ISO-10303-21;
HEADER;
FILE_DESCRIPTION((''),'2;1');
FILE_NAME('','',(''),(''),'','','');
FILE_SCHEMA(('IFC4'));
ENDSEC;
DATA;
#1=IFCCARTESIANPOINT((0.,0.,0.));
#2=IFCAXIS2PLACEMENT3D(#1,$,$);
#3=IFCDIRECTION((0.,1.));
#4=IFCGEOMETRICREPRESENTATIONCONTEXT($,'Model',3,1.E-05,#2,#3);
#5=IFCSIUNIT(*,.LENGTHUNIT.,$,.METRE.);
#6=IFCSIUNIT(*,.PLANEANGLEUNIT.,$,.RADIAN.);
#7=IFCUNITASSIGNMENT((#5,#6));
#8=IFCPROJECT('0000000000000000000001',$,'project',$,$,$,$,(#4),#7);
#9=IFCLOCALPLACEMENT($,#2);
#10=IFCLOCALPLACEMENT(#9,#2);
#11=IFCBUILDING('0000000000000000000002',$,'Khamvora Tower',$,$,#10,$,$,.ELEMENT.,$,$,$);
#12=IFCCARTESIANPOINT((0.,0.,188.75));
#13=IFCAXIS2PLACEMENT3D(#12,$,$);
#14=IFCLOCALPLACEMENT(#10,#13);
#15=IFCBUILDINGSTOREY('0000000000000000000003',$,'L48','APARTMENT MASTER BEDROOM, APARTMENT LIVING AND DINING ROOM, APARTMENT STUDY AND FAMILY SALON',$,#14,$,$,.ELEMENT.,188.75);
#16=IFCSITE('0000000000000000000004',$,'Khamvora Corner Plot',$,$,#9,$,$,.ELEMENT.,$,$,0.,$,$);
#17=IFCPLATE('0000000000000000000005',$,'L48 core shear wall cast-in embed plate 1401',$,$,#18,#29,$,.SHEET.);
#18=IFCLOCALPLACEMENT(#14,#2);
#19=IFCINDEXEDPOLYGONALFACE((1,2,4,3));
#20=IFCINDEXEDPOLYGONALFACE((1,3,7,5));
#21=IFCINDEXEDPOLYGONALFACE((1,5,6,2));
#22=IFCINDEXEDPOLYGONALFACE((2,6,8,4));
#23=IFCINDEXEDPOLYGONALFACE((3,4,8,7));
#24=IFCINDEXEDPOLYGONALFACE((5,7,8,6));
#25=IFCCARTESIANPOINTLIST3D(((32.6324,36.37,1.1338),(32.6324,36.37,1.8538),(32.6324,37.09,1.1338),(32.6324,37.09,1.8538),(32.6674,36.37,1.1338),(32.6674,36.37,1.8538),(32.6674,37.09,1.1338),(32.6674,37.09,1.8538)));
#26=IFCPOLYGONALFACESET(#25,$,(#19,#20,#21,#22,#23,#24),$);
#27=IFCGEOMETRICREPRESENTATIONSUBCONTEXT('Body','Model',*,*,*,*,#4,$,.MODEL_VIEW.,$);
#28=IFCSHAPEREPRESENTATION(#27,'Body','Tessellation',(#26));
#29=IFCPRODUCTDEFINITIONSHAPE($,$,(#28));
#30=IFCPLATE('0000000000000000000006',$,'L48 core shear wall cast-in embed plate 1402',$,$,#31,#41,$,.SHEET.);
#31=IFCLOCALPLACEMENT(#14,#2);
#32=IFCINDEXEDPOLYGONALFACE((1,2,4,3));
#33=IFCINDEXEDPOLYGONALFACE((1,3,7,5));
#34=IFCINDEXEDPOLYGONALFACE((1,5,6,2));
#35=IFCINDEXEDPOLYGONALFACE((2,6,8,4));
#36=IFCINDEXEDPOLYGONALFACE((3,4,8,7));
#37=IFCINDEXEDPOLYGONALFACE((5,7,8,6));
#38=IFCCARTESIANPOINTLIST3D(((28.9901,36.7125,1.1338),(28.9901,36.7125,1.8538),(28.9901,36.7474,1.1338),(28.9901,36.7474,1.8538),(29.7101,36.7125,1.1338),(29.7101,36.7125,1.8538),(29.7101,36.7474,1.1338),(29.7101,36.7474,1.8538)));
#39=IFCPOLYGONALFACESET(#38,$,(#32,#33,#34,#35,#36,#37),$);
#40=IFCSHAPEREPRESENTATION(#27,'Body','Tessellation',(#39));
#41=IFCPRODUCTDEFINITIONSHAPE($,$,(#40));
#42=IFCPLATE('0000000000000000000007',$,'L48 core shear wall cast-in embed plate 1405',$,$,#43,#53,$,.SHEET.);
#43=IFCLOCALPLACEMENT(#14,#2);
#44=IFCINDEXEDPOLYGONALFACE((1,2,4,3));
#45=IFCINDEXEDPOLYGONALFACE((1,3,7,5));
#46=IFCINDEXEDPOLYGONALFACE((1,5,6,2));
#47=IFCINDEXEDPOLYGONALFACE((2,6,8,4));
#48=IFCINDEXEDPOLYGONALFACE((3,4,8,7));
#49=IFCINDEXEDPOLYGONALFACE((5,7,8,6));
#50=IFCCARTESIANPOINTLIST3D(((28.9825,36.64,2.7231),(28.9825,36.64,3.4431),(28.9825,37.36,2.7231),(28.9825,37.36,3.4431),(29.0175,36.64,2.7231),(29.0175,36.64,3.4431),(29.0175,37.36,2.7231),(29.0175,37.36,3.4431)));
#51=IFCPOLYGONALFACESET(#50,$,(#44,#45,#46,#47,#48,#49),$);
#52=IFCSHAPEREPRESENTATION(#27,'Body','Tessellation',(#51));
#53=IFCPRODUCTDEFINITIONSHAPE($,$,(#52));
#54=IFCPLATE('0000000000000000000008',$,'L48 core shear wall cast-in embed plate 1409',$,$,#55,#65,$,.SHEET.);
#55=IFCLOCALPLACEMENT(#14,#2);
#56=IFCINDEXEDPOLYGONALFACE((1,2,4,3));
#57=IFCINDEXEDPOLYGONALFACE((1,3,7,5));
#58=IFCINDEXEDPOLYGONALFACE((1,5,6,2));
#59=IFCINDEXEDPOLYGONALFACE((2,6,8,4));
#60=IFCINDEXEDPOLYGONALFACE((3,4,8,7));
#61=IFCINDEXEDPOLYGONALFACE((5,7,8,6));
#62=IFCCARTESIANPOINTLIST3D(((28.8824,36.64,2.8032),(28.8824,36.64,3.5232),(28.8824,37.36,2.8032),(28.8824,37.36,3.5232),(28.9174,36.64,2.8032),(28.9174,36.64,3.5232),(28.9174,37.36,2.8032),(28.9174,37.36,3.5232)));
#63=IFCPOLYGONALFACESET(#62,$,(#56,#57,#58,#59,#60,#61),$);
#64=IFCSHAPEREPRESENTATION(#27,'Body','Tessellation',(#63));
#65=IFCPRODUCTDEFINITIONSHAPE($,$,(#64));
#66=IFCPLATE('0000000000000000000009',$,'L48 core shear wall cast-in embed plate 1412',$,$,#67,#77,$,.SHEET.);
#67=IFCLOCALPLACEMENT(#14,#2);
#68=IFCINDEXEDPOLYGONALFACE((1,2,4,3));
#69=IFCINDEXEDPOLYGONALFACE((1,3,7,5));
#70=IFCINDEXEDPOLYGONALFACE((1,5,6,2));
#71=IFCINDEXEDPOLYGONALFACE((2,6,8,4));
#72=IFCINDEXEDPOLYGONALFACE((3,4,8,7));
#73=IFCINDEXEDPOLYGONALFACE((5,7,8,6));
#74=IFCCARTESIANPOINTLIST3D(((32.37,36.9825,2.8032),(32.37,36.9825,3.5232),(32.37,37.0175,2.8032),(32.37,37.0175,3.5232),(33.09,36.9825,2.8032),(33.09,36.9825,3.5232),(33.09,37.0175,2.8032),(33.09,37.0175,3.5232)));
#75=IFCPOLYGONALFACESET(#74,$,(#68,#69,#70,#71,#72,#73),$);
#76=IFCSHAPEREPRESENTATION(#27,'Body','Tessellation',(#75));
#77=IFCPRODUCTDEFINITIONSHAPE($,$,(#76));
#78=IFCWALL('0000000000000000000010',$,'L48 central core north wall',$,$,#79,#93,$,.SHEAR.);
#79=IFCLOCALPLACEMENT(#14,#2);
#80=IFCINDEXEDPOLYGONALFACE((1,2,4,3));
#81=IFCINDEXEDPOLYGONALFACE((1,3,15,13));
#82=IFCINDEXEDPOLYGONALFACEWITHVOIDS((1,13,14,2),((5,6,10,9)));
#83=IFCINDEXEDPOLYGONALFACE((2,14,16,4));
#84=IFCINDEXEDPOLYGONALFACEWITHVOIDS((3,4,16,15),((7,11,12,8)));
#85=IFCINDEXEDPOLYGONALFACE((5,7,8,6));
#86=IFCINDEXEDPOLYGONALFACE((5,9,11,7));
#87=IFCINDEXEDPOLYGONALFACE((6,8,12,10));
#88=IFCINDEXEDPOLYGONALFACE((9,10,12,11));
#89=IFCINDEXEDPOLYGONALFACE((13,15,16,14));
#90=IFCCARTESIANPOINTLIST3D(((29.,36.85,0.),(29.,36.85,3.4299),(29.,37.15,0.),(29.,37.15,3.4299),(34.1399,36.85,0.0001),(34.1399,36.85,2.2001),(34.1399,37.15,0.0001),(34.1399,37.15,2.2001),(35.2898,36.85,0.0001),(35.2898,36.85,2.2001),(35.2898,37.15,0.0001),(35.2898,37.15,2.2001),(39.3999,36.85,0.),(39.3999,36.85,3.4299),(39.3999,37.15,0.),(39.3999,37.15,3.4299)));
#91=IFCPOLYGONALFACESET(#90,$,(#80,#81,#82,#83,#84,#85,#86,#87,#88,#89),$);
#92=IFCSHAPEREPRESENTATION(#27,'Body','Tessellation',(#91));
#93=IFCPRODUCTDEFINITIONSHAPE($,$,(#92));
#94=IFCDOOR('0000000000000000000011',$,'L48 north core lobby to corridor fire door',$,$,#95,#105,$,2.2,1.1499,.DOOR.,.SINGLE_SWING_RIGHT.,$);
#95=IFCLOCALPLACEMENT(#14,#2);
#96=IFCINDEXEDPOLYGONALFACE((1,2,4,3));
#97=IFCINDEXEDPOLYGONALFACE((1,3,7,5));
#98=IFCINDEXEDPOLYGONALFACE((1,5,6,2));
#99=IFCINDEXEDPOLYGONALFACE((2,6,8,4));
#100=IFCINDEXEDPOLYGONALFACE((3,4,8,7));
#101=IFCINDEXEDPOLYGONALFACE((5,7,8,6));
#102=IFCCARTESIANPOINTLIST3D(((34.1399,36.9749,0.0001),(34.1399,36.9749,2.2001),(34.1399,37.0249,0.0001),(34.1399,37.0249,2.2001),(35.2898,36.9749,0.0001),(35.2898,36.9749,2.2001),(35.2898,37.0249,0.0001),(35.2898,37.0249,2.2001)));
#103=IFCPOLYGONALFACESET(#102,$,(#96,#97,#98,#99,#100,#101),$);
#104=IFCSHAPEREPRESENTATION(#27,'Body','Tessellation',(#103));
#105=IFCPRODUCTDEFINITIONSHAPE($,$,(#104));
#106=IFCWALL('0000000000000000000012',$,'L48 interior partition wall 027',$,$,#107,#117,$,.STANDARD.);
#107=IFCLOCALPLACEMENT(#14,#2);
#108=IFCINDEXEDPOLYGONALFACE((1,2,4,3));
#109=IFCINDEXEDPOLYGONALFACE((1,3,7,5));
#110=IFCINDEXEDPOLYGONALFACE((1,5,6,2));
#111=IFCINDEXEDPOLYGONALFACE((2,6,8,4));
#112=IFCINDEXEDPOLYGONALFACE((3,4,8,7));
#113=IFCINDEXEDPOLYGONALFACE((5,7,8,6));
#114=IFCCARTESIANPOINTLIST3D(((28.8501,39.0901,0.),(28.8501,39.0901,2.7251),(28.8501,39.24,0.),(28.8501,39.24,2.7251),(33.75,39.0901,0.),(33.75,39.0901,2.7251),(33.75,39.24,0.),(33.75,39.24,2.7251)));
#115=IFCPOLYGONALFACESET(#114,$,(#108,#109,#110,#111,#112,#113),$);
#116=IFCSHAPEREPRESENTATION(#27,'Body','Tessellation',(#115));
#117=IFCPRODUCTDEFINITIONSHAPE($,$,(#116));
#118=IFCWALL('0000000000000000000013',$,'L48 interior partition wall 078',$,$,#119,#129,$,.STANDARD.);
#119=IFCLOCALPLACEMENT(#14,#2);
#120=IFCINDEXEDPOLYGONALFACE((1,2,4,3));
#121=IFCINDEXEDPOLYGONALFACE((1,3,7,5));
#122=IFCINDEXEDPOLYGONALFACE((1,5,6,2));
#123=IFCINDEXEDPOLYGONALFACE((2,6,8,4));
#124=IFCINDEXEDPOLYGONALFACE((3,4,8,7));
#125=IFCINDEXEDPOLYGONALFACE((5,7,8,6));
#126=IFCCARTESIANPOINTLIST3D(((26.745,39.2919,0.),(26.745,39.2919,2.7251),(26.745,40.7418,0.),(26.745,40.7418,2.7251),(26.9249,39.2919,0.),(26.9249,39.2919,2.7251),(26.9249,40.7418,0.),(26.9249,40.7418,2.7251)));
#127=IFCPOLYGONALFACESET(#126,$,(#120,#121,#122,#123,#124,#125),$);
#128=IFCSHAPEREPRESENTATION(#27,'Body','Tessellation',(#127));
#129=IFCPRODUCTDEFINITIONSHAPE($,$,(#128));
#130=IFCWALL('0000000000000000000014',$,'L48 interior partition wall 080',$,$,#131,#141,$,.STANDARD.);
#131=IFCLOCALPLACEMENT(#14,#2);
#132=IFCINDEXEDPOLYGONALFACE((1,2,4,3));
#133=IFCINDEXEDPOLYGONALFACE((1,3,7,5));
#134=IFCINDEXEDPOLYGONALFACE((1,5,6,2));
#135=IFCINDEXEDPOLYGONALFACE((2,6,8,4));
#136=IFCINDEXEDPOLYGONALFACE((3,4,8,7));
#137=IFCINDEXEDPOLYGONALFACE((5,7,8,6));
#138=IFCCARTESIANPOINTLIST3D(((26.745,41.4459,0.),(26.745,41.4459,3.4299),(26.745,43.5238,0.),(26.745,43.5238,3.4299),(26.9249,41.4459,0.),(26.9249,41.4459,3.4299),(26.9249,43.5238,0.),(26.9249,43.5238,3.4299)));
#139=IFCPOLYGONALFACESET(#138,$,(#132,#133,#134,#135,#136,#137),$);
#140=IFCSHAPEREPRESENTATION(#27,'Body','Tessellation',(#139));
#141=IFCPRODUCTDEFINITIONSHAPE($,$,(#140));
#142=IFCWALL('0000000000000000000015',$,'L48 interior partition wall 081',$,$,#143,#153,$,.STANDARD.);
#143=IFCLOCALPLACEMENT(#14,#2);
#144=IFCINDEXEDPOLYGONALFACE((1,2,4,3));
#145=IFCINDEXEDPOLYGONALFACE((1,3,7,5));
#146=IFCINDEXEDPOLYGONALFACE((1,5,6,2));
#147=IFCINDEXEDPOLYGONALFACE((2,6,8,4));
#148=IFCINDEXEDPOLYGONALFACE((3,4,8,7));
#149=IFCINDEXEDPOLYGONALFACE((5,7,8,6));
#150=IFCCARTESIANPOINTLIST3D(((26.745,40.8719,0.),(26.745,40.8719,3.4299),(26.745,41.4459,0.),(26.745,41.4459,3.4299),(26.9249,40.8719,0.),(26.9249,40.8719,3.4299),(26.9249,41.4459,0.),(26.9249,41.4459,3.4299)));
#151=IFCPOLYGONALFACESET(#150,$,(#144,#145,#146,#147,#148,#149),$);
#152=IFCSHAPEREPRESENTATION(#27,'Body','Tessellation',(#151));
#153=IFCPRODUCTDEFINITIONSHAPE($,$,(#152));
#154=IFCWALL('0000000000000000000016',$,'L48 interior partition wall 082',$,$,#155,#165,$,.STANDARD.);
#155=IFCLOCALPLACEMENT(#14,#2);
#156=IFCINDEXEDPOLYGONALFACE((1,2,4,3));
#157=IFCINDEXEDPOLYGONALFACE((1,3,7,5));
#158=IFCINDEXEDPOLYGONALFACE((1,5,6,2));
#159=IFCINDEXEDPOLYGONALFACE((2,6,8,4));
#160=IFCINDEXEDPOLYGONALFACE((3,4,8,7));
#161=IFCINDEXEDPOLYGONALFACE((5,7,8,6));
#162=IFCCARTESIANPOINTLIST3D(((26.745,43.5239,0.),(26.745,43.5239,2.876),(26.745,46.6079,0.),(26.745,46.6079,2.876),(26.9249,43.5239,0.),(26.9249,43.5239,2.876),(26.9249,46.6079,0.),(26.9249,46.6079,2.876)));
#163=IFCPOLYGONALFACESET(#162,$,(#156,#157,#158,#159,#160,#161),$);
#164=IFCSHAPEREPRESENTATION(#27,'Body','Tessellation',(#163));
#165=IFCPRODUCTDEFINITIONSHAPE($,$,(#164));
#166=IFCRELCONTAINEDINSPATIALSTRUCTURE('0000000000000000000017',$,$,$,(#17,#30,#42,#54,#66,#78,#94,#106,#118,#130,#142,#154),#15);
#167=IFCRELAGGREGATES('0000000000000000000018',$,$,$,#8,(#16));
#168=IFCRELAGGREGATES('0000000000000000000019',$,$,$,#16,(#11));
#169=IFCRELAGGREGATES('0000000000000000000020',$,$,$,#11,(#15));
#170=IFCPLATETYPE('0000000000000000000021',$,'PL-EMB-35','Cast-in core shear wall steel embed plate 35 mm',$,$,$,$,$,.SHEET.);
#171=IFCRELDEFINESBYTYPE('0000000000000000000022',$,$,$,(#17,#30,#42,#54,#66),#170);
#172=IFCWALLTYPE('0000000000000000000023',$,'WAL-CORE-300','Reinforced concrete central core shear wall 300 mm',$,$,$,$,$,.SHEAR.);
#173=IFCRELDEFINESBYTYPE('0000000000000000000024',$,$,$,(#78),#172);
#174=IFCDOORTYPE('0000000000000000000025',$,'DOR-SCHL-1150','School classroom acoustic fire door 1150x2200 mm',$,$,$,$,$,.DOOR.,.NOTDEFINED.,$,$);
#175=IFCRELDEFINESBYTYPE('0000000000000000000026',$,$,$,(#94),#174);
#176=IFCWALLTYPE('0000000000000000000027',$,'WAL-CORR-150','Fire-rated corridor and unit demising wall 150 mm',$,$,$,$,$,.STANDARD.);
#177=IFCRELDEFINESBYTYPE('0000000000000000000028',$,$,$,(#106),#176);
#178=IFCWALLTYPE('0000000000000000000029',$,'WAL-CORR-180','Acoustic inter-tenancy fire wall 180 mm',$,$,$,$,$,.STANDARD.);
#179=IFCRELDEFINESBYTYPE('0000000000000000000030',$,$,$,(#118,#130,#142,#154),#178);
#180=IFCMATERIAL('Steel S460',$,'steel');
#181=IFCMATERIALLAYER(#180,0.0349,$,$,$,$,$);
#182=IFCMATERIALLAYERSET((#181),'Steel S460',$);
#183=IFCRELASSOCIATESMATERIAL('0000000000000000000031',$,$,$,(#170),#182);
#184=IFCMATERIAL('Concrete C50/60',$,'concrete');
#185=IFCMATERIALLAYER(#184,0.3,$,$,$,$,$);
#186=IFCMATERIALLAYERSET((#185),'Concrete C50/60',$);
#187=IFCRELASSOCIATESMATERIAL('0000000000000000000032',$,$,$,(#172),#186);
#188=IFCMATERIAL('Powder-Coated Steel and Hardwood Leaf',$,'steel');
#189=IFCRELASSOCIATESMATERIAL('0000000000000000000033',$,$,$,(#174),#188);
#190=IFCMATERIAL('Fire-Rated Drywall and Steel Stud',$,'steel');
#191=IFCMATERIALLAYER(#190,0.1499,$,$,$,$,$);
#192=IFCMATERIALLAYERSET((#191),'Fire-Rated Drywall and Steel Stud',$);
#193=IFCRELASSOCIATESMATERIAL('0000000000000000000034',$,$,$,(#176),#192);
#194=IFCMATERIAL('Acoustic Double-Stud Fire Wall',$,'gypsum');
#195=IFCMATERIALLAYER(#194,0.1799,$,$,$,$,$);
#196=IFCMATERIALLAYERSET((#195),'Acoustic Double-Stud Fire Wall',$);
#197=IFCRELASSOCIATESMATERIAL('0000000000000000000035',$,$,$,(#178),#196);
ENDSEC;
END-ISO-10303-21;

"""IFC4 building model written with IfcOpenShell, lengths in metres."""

from ifc_helpers import new_model, si_unit, direction, frame, frame_2d, origin, origin_2d, place, context, subcontext, project, spatial, rectangle, extrude, material, layer, layer_set, type_object, element, fill, save


model = new_model("IFC4")

# Units and contexts
model_context = context("Model", 3, precision=1e-05, world=origin(), true_north=direction((0.0, 1.0)))
body_context = subcontext(model_context, "Body", "Model", "MODEL_VIEW")
ifc_project = project(units=[si_unit("LENGTHUNIT", "METRE"), si_unit("PLANEANGLEUNIT", "RADIAN")], contexts=[model_context])

# Site, building, storey
site_placement = place(None, origin())
site = spatial("IfcSite", under=ifc_project, at=site_placement, Name="Khamvora Corner Plot", CompositionType="ELEMENT", RefElevation=0.0)
building_placement = place(site_placement, origin())
building = spatial("IfcBuilding", under=site, at=building_placement, Name="Khamvora Tower", CompositionType="ELEMENT")
storey_placement = place(building_placement, frame((0.0, 0.0, 188.75)))
storey = spatial("IfcBuildingStorey", under=building, at=storey_placement, Name="L48", Description="APARTMENT MASTER BEDROOM, APARTMENT LIVING AND DINING ROOM, APARTMENT STUDY AND FAMILY SALON", CompositionType="ELEMENT", Elevation=188.75)

# Shared definitions
ifc_material_1 = material(Name="Steel S460", Category="steel")

# Plates
ifc_layer_1 = layer(ifc_material_1, 0.0349)
ifc_layer_set_1 = layer_set([ifc_layer_1], Name="Steel S460")
plate_type = type_object("IfcPlateType", Name="PL-EMB-35", Description="Cast-in core shear wall steel embed plate 35 mm", PredefinedType="SHEET", material=ifc_layer_set_1)
plate_1_placement = place(storey_placement, frame((32.6499, 36.73, 1.1338), z_axis=(0.0, 0.0, 1.0), x_axis=(1.0, 0.0, 0.0)))
element("IfcPlate", 1, at=plate_1_placement, inside=storey, type_object=plate_type, Name="L48 core shear wall cast-in embed plate 1401", PredefinedType="SHEET", context=body_context, shape_type="SweptSolid", body=[
    extrude(rectangle(XDim=0.0349, YDim=0.72, at=origin_2d()), origin(), (0.0, 0.0, 1.0), 0.72),
])
plate_2_placement = place(storey_placement, frame((29.3501, 36.73, 1.1338), z_axis=(0.0, 0.0, 1.0), x_axis=(1.0, 0.0, 0.0)))
element("IfcPlate", 2, at=plate_2_placement, inside=storey, type_object=plate_type, Name="L48 core shear wall cast-in embed plate 1402", PredefinedType="SHEET", context=body_context, shape_type="SweptSolid", body=[
    extrude(rectangle(XDim=0.72, YDim=0.0349, at=origin_2d()), origin(), (0.0, 0.0, 1.0), 0.72),
])
for number, where, z_axis, x_axis, name in (
    (3, (29.0, 37.0, 2.7231), (0.0, 0.0, 1.0), (1.0, 0.0, 0.0), "L48 core shear wall cast-in embed plate 1405"),
    (4, (28.8999, 37.0, 2.8032), (0.0, 0.0, 1.0), (1.0, 0.0, 0.0), "L48 core shear wall cast-in embed plate 1409"),
):
    element("IfcPlate", number, at=place(storey_placement, frame(where, z_axis=z_axis, x_axis=x_axis)), inside=storey, type_object=plate_type, Name=name, PredefinedType="SHEET", context=body_context, shape_type="SweptSolid", body=[
        extrude(rectangle(XDim=0.0349, YDim=0.72, at=origin_2d()), origin(), (0.0, 0.0, 1.0), 0.72),
    ])
plate_3_placement = place(storey_placement, frame((32.73, 37.0, 2.8032), z_axis=(0.0, 0.0, 1.0), x_axis=(1.0, 0.0, 0.0)))
element("IfcPlate", 5, at=plate_3_placement, inside=storey, type_object=plate_type, Name="L48 core shear wall cast-in embed plate 1412", PredefinedType="SHEET", context=body_context, shape_type="SweptSolid", body=[
    extrude(rectangle(XDim=0.72, YDim=0.0349, at=origin_2d()), origin(), (0.0, 0.0, 1.0), 0.72),
])

# Wall, opening, door
ifc_material_2 = material(Name="Concrete C50/60", Category="concrete")
ifc_layer_2 = layer(ifc_material_2, 0.3)
ifc_layer_set_2 = layer_set([ifc_layer_2], Name="Concrete C50/60")
wall_type_1 = type_object("IfcWallType", Name="WAL-CORE-300", Description="Reinforced concrete central core shear wall 300 mm", PredefinedType="SHEAR", material=ifc_layer_set_2)
wall_1_placement = place(storey_placement, frame((29.0, 37.0, 0.0), z_axis=(0.0, 0.0, 1.0), x_axis=(1.0, 0.0, 0.0)))
wall_1 = element("IfcWall", 6, at=wall_1_placement, inside=storey, type_object=wall_type_1, Name="L48 central core north wall", PredefinedType="SHEAR", context=body_context, shape_type="SweptSolid", body=[
    extrude(rectangle(XDim=10.3999, YDim=0.3, at=frame_2d((5.2, 0.0))), origin(), (0.0, 0.0, 1.0), 3.4299),
])
opening_1_placement = place(wall_1_placement, frame((5.1399, 0.0, 0.0)))
opening_1 = element("IfcOpeningElement", 7, at=opening_1_placement, cuts=wall_1, PredefinedType="OPENING", context=body_context, shape_type="SweptSolid", body=[
    extrude(rectangle(XDim=1.1499, YDim=2.2, at=frame_2d((0.575, 1.1001))), frame((0.0, 0.1599, 0.0), z_axis=(0.0, -1.0, 0.0), x_axis=(1.0, 0.0, 0.0)), (0.0, 0.0, 1.0), 0.3201),
])
ifc_material_3 = material(Name="Powder-Coated Steel and Hardwood Leaf", Category="steel")
door_type_1 = type_object("IfcDoorType", Name="DOR-SCHL-1150", Description="School classroom acoustic fire door 1150x2200 mm", OperationType="NOTDEFINED", PredefinedType="DOOR", material=ifc_material_3)
door_1_placement = place(opening_1_placement, origin())
door_1 = element("IfcDoor", 8, at=door_1_placement, inside=storey, type_object=door_type_1, Name="L48 north core lobby to corridor fire door", OperationType="SINGLE_SWING_RIGHT", OverallHeight=2.2, OverallWidth=1.1499, PredefinedType="DOOR", context=body_context, shape_type="SweptSolid", body=[
    extrude(rectangle(XDim=1.1499, YDim=2.2, at=frame_2d((0.575, 1.1001))), frame((0.0, 0.0249, 0.0), z_axis=(0.0, -1.0, 0.0), x_axis=(1.0, 0.0, 0.0)), (0.0, 0.0, 1.0), 0.05),
])
fill(opening_1, door_1)
ifc_material_4 = material(Name="Fire-Rated Drywall and Steel Stud", Category="steel")
ifc_layer_3 = layer(ifc_material_4, 0.1499)
ifc_layer_set_3 = layer_set([ifc_layer_3], Name="Fire-Rated Drywall and Steel Stud")
wall_type_2 = type_object("IfcWallType", Name="WAL-CORR-150", Description="Fire-rated corridor and unit demising wall 150 mm", PredefinedType="STANDARD", material=ifc_layer_set_3)

# Walls
wall_2_placement = place(storey_placement, frame((28.8501, 39.165, 0.0), z_axis=(0.0, 0.0, 1.0), x_axis=(1.0, 0.0, 0.0)))
element("IfcWall", 9, at=wall_2_placement, inside=storey, type_object=wall_type_2, Name="L48 interior partition wall 027", PredefinedType="STANDARD", context=body_context, shape_type="SweptSolid", body=[
    extrude(rectangle(XDim=4.8999, YDim=0.1499, at=frame_2d((2.45, 0.0))), origin(), (0.0, 0.0, 1.0), 2.7251),
])
ifc_material_5 = material(Name="Acoustic Double-Stud Fire Wall", Category="gypsum")
ifc_layer_4 = layer(ifc_material_5, 0.1799)
ifc_layer_set_4 = layer_set([ifc_layer_4], Name="Acoustic Double-Stud Fire Wall")
wall_type_3 = type_object("IfcWallType", Name="WAL-CORR-180", Description="Acoustic inter-tenancy fire wall 180 mm", PredefinedType="STANDARD", material=ifc_layer_set_4)
wall_3_placement = place(storey_placement, frame((26.835, 40.7419, 0.0), z_axis=(0.0, 0.0, 1.0), x_axis=(0.0, -1.0, 0.0)))
element("IfcWall", 10, at=wall_3_placement, inside=storey, type_object=wall_type_3, Name="L48 interior partition wall 078", PredefinedType="STANDARD", context=body_context, shape_type="SweptSolid", body=[
    extrude(rectangle(XDim=1.45, YDim=0.1799, at=frame_2d((0.7251, 0.0))), origin(), (0.0, 0.0, 1.0), 2.7251),
])
wall_4_placement = place(storey_placement, frame((26.835, 43.5239, 0.0), z_axis=(0.0, 0.0, 1.0), x_axis=(0.0, -1.0, 0.0)))
element("IfcWall", 11, at=wall_4_placement, inside=storey, type_object=wall_type_3, Name="L48 interior partition wall 080", PredefinedType="STANDARD", context=body_context, shape_type="SweptSolid", body=[
    extrude(rectangle(XDim=2.0779, YDim=0.1799, at=frame_2d((1.0391, 0.0))), origin(), (0.0, 0.0, 1.0), 3.4299),
])
wall_5_placement = place(storey_placement, frame((26.835, 41.446, 0.0), z_axis=(0.0, 0.0, 1.0), x_axis=(0.0, -1.0, 0.0)))
element("IfcWall", 12, at=wall_5_placement, inside=storey, type_object=wall_type_3, Name="L48 interior partition wall 081", PredefinedType="STANDARD", context=body_context, shape_type="SweptSolid", body=[
    extrude(rectangle(XDim=0.574, YDim=0.1799, at=frame_2d((0.2871, 0.0))), origin(), (0.0, 0.0, 1.0), 3.4299),
])
wall_6_placement = place(storey_placement, frame((26.835, 46.6079, 0.0), z_axis=(0.0, 0.0, 1.0), x_axis=(0.0, -1.0, 0.0)))
element("IfcWall", 13, at=wall_6_placement, inside=storey, type_object=wall_type_3, Name="L48 interior partition wall 082", PredefinedType="STANDARD", context=body_context, shape_type="SweptSolid", body=[
    extrude(rectangle(XDim=3.084, YDim=0.1799, at=frame_2d((1.542, 0.0))), origin(), (0.0, 0.0, 1.0), 2.876),
])

save(model, "model.ifc")
